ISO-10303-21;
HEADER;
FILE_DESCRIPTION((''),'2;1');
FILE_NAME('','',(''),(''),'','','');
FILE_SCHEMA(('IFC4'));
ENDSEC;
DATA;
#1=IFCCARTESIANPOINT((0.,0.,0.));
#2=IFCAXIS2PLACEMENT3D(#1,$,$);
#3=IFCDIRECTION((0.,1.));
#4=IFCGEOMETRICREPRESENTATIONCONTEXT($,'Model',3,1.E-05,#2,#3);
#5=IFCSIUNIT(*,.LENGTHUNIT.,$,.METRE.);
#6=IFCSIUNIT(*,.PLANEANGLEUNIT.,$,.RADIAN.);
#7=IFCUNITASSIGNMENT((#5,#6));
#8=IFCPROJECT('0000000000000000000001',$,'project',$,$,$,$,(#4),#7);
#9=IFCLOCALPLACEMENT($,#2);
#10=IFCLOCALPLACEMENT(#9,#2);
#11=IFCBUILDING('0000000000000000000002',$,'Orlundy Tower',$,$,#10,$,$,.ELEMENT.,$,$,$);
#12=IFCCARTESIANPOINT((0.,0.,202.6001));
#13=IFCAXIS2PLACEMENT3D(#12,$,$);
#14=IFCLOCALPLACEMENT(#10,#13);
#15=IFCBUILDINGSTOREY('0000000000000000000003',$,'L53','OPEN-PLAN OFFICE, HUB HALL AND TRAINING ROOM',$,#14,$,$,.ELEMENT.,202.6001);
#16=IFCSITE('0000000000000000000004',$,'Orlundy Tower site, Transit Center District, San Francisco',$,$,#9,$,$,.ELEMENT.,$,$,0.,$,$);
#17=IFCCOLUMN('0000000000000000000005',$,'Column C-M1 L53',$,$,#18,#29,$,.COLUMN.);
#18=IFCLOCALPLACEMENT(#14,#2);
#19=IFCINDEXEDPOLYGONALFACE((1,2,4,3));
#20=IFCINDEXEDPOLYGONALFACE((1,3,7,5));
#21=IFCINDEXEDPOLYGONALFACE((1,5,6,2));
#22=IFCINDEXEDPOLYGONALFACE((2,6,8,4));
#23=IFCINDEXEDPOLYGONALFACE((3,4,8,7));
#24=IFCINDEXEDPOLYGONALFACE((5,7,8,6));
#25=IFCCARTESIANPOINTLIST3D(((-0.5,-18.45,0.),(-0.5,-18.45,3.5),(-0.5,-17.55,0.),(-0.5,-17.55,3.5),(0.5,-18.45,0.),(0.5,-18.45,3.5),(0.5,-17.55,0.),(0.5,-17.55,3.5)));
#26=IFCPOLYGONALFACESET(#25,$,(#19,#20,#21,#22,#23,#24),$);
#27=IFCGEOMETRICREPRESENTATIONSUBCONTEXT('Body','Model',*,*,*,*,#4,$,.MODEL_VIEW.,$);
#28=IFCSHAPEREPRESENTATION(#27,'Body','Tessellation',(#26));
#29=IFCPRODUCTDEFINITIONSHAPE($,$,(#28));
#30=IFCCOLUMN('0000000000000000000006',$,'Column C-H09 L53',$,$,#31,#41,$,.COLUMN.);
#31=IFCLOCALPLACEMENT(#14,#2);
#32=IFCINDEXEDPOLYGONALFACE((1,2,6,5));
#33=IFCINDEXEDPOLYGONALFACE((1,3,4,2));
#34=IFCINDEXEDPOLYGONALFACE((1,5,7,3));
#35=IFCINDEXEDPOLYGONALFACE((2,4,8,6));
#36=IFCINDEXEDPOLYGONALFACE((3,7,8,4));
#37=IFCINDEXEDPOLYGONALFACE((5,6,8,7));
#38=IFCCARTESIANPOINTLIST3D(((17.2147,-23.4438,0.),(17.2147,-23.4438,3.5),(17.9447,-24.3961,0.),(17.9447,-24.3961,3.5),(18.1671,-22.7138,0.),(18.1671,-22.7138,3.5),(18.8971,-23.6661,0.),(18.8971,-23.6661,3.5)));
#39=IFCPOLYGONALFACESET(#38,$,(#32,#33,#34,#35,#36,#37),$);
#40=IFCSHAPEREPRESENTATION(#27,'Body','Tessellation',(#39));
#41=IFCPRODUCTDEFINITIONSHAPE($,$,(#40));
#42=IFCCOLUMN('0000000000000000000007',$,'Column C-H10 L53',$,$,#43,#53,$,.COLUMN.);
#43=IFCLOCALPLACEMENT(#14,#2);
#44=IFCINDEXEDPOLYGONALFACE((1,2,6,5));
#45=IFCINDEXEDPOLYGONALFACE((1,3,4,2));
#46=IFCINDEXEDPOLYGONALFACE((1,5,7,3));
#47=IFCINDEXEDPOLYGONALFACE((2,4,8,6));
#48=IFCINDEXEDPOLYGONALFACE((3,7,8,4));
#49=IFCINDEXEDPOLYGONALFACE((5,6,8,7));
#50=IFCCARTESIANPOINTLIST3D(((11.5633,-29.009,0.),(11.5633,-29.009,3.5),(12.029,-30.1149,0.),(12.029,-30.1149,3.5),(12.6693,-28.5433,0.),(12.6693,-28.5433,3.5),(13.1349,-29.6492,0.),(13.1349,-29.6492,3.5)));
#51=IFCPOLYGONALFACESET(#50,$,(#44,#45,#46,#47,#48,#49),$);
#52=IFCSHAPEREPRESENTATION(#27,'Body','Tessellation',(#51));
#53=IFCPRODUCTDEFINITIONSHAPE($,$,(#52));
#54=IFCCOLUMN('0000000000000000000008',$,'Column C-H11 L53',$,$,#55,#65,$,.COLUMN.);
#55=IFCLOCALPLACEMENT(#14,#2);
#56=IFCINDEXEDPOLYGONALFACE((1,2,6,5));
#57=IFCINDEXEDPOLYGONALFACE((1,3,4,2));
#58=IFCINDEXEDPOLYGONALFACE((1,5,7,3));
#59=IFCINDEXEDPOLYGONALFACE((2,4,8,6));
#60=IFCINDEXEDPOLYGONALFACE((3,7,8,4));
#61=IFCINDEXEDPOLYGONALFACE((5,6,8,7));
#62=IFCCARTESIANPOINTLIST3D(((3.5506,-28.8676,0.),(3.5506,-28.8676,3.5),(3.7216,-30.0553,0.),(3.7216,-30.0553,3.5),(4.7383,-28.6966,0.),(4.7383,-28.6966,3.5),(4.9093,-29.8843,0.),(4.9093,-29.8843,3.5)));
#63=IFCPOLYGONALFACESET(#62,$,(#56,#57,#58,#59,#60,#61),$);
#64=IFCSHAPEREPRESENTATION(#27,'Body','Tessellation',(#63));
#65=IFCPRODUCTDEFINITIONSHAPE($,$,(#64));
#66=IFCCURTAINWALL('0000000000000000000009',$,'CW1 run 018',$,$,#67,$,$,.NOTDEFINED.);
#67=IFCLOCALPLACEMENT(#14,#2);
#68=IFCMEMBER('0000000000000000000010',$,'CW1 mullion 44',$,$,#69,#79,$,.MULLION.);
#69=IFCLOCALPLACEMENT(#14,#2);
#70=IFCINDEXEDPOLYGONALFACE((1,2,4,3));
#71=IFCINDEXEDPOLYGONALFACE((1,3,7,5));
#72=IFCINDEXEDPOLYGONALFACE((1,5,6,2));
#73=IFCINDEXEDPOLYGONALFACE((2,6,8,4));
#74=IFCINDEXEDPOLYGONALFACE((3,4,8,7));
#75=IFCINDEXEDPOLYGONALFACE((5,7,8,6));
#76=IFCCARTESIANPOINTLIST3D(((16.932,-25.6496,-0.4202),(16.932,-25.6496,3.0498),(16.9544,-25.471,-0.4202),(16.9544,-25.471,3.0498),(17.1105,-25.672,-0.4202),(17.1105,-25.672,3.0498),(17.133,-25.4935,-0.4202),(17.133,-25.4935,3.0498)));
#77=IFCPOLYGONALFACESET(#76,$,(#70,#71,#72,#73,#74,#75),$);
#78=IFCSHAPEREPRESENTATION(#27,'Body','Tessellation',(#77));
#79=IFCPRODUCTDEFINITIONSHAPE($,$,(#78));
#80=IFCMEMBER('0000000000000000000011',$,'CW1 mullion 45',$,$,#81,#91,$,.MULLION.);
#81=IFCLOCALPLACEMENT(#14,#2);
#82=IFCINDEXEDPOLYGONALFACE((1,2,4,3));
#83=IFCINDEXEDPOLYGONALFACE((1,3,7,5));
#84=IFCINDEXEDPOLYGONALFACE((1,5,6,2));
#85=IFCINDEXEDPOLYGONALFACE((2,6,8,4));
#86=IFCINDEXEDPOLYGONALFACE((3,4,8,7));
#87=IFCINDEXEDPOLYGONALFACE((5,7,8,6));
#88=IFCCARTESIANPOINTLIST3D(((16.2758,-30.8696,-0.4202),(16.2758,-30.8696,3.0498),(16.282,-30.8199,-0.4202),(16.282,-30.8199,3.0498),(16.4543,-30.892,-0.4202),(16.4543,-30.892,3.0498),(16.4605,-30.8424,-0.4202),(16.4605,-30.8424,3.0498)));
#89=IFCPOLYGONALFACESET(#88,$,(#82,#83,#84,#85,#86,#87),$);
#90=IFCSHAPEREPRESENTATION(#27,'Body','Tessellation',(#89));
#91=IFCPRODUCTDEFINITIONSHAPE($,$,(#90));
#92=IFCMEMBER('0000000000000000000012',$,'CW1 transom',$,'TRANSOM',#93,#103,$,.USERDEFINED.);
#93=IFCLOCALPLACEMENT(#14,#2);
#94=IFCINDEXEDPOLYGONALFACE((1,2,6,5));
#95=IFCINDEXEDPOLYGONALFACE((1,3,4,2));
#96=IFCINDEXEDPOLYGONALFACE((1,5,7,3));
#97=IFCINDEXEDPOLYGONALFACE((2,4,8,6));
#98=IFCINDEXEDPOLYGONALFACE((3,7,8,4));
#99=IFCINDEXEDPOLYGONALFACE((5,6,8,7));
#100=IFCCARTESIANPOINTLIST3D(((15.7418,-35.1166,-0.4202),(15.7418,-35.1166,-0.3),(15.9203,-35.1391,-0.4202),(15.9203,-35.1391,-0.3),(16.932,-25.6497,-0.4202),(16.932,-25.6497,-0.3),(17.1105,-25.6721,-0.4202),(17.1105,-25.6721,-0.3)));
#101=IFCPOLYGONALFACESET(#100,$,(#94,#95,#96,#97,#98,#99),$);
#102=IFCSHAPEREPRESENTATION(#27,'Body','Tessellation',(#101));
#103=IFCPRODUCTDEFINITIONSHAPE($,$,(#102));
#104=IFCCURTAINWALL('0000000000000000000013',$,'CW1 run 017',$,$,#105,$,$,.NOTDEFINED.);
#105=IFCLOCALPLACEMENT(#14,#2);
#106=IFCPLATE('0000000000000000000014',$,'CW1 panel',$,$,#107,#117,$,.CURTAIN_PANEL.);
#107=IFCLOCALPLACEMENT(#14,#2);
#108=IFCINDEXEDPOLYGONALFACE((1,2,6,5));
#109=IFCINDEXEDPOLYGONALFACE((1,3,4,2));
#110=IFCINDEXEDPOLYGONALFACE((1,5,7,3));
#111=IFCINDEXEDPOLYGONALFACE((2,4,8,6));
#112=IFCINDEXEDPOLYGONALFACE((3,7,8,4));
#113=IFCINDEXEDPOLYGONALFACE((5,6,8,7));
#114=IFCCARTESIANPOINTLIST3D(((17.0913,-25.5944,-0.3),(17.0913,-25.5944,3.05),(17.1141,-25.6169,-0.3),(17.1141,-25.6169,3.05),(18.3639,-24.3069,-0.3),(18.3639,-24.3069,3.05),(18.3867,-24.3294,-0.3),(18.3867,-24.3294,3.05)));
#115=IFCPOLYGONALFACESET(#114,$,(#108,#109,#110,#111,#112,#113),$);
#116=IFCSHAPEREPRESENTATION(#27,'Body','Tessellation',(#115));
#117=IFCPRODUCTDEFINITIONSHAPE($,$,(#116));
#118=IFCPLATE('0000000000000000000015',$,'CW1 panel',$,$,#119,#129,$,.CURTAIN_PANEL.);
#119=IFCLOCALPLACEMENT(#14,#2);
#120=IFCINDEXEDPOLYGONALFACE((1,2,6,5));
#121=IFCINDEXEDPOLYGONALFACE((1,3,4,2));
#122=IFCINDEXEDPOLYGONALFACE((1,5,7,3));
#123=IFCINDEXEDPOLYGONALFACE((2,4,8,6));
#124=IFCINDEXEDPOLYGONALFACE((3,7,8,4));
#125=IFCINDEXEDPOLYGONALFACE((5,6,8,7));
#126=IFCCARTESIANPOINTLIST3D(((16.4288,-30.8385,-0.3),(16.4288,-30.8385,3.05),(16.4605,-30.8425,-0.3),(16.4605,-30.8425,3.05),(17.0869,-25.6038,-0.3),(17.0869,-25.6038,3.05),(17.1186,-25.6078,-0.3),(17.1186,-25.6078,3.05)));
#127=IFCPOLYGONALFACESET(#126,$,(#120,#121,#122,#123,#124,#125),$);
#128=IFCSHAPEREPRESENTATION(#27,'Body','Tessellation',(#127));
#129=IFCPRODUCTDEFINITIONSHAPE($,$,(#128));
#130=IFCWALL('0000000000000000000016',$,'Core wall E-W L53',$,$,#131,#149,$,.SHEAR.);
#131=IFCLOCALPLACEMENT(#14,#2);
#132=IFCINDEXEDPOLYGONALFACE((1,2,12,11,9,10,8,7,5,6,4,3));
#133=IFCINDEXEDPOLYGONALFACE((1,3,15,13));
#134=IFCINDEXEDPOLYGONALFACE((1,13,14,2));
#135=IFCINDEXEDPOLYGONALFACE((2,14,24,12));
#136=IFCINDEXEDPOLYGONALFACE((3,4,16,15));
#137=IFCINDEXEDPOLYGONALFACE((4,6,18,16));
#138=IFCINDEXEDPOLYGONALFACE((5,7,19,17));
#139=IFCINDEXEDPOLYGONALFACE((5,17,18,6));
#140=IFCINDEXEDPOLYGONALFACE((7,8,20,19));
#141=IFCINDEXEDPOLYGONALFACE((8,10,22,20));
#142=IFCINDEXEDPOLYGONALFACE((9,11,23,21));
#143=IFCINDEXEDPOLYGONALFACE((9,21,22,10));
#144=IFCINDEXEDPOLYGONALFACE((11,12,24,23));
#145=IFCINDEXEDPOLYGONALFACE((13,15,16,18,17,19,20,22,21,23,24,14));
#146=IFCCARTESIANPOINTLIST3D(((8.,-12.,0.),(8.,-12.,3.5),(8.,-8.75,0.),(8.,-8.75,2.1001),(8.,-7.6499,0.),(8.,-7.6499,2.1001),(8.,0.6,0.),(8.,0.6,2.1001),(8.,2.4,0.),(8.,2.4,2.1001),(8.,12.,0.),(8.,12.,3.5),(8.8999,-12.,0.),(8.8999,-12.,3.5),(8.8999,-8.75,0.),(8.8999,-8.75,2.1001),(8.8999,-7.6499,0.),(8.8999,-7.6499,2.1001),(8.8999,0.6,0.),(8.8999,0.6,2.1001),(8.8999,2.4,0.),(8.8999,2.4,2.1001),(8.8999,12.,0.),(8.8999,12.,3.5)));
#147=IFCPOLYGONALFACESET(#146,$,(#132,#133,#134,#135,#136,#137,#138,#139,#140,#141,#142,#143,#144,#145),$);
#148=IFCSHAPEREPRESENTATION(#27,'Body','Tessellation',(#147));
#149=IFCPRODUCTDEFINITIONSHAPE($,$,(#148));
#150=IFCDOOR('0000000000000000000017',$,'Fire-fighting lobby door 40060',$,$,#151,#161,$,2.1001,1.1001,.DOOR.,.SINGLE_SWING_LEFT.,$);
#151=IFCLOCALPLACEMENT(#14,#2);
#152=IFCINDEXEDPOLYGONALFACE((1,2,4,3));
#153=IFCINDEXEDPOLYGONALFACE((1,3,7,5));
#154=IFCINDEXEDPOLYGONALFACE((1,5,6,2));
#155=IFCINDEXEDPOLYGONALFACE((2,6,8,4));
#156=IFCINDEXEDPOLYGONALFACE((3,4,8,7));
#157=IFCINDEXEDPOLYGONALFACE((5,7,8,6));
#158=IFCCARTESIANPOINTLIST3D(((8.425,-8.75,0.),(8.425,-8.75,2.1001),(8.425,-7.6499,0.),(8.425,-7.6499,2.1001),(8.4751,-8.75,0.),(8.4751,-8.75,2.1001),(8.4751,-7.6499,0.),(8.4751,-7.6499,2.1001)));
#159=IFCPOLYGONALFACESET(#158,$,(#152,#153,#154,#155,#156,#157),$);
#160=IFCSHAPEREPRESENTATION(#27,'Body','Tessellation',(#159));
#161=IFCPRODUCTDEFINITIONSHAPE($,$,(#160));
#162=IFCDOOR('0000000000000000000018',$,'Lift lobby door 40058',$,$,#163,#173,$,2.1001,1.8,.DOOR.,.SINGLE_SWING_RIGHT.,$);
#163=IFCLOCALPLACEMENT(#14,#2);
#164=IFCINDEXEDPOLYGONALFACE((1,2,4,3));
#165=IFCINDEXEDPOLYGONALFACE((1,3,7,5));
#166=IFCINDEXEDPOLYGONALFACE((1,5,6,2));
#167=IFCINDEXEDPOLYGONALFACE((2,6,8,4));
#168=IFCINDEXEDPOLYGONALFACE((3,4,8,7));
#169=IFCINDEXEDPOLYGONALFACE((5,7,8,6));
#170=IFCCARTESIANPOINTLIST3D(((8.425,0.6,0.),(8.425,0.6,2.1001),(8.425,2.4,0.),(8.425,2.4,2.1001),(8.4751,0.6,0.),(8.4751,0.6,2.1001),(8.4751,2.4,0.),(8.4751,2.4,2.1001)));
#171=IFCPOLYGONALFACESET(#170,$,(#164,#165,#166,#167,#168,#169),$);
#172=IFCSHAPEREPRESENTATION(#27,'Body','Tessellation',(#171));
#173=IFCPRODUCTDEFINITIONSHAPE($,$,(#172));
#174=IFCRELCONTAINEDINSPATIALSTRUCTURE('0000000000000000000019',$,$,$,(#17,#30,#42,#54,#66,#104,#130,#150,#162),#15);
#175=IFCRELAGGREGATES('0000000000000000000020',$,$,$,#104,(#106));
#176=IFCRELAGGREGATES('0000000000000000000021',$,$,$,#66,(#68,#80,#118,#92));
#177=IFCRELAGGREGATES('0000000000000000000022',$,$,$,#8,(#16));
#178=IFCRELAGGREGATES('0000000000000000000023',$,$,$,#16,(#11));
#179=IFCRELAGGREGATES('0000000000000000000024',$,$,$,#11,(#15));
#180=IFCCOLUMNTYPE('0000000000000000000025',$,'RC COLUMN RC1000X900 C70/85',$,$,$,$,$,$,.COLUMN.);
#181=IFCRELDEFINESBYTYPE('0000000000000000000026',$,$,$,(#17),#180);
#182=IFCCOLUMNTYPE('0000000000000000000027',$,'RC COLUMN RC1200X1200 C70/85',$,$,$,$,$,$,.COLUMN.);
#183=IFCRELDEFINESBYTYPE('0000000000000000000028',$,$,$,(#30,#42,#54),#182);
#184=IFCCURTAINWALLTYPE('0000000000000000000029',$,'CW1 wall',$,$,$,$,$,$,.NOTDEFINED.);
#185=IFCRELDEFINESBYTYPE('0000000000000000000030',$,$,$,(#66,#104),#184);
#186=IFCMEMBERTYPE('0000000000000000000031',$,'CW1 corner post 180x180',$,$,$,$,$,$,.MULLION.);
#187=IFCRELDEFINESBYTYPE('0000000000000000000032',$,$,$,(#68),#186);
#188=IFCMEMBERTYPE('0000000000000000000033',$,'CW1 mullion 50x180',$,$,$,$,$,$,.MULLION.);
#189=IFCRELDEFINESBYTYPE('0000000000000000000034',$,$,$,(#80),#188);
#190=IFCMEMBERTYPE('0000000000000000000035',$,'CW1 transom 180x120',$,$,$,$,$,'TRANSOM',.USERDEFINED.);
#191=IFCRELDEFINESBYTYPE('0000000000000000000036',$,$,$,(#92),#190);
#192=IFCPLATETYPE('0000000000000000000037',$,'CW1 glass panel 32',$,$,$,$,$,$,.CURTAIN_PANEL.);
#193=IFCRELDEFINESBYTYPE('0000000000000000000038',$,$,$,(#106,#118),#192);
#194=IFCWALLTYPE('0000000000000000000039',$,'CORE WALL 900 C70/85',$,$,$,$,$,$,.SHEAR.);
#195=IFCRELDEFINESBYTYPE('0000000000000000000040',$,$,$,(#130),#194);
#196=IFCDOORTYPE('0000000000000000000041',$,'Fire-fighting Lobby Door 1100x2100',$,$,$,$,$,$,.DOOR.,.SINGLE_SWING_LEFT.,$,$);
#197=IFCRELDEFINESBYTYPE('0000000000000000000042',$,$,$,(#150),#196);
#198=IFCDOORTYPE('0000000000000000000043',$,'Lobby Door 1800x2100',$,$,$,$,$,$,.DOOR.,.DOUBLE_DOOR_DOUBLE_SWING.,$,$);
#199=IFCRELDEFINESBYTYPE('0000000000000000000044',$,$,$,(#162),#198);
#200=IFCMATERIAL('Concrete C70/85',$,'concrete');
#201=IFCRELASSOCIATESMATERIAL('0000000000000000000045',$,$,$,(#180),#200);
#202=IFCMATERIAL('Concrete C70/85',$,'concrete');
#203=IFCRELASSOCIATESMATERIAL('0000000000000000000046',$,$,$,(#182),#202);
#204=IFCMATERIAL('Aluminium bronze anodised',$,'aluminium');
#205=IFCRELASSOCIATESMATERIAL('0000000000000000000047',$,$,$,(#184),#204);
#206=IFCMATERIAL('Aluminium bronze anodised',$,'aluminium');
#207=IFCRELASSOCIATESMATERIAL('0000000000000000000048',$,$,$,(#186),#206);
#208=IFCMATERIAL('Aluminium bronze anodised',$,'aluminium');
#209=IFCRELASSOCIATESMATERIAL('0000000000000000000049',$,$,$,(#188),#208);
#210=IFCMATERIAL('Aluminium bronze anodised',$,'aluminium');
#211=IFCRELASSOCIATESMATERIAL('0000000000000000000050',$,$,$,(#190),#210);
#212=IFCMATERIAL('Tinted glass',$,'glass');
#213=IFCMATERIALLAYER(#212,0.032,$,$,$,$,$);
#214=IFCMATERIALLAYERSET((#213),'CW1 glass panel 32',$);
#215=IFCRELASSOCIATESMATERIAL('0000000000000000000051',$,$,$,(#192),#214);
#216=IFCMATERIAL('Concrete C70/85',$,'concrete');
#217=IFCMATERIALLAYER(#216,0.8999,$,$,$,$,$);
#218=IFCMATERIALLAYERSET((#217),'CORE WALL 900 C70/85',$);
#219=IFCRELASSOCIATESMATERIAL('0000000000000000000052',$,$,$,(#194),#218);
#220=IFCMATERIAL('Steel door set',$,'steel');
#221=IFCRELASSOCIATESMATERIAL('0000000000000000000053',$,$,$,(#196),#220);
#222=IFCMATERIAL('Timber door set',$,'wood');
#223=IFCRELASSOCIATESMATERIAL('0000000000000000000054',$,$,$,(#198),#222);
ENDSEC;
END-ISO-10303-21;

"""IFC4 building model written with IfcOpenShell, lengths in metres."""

from ifc_helpers import new_model, si_unit, direction, frame, frame_2d, origin, origin_2d, place, context, subcontext, project, spatial, rectangle, extrude, material, layer, layer_set, material_profile, profile_set, type_object, element, fill, aggregate, save


model = new_model("IFC4")

# Units and contexts
model_context = context("Model", 3, precision=1e-05, world=origin(), true_north=direction((0.0, 1.0)))
body_context = subcontext(model_context, "Body", "Model", "MODEL_VIEW")
ifc_project = project(units=[si_unit("LENGTHUNIT", "METRE"), si_unit("PLANEANGLEUNIT", "RADIAN")], contexts=[model_context])

# Site, building, storey
site_placement = place(None, origin())
site = spatial("IfcSite", under=ifc_project, at=site_placement, Name="Orlundy Tower site, Transit Center District, San Francisco", CompositionType="ELEMENT", RefElevation=0.0)
building_placement = place(site_placement, origin())
building = spatial("IfcBuilding", under=site, at=building_placement, Name="Orlundy Tower", CompositionType="ELEMENT")
storey_placement = place(building_placement, frame((0.0, 0.0, 202.6001)))
storey = spatial("IfcBuildingStorey", under=building, at=storey_placement, Name="L53", Description="OPEN-PLAN OFFICE, HUB HALL AND TRAINING ROOM", CompositionType="ELEMENT", Elevation=202.6001)

# Columns
ifc_material_1 = material(Name="Concrete C70/85", Category="concrete")
ifc_material_profile_1 = material_profile(ifc_material_1, rectangle(XDim=1.0, YDim=0.8999, at=origin_2d()), Name="RC1000X900")
ifc_profile_set_1 = profile_set([ifc_material_profile_1], Name="Concrete C70/85")
column_type_1 = type_object("IfcColumnType", Name="RC COLUMN RC1000X900 C70/85", PredefinedType="COLUMN", material=ifc_profile_set_1)
column_placement = place(storey_placement, frame((0.0, -18.0, 0.0), z_axis=(0.0, 0.0, 1.0), x_axis=(1.0, 0.0, 0.0)))
element("IfcColumn", 1, at=column_placement, inside=storey, type_object=column_type_1, Name="Column C-M1 L53", PredefinedType="COLUMN", context=body_context, shape_type="SweptSolid", body=[
    extrude(rectangle(XDim=1.0, YDim=0.8999, at=origin_2d()), origin(), (0.0, 0.0, 1.0), 3.5),
])
ifc_material_2 = material(Name="Concrete C70/85", Category="concrete")
ifc_material_profile_2 = material_profile(ifc_material_2, rectangle(XDim=1.2, YDim=1.2, at=origin_2d()), Name="RC1200X1200")
ifc_profile_set_2 = profile_set([ifc_material_profile_2], Name="Concrete C70/85")
column_type_2 = type_object("IfcColumnType", Name="RC COLUMN RC1200X1200 C70/85", PredefinedType="COLUMN", material=ifc_profile_set_2)
for number, where, z_axis, x_axis, name in (
    (2, (18.0559, -23.5549, 0.0), (0.0, 0.0, 1.0), (0.608374, -0.793651, 0.0), "Column C-H09 L53"),
    (3, (12.3491, -29.3291, 0.0), (0.0, 0.0, 1.0), (0.388063, -0.921633, 0.0), "Column C-H10 L53"),
    (4, (4.23, -29.376, 0.0), (0.0, 0.0, 1.0), (0.142525, -0.989791, 0.0), "Column C-H11 L53"),
):
    element("IfcColumn", number, at=place(storey_placement, frame(where, z_axis=z_axis, x_axis=x_axis)), inside=storey, type_object=column_type_2, Name=name, PredefinedType="COLUMN", context=body_context, shape_type="SweptSolid", body=[
        extrude(rectangle(XDim=1.2, YDim=1.2, at=origin_2d()), origin(), (0.0, 0.0, 1.0), 3.5),
    ])

# Curtain wall, members
ifc_material_3 = material(Name="Aluminium bronze anodised", Category="aluminium")
curtain_wall_type = type_object("IfcCurtainWallType", Name="CW1 wall", PredefinedType="NOTDEFINED", material=ifc_material_3)
curtain_wall_1_placement = place(storey_placement, origin())
curtain_wall_1 = element("IfcCurtainWall", 5, at=curtain_wall_1_placement, inside=storey, type_object=curtain_wall_type, Name="CW1 run 018", PredefinedType="NOTDEFINED")
ifc_material_4 = material(Name="Aluminium bronze anodised", Category="aluminium")
ifc_material_profile_3 = material_profile(ifc_material_4, rectangle(XDim=0.1799, YDim=0.1799, at=origin_2d()), Name="CW1 corner post 180x180")
ifc_profile_set_3 = profile_set([ifc_material_profile_3], Name="Aluminium bronze anodised")
member_type_1 = type_object("IfcMemberType", Name="CW1 corner post 180x180", PredefinedType="MULLION", material=ifc_profile_set_3)
member_1_placement = place(storey_placement, frame((17.0325, -25.5715, -0.4202), z_axis=(0.0, 0.0, 1.0), x_axis=(0.992189, -0.124742, 0.0)))
member_1 = element("IfcMember", 6, at=member_1_placement, type_object=member_type_1, Name="CW1 mullion 44", PredefinedType="MULLION", context=body_context, shape_type="SweptSolid", body=[
    extrude(rectangle(XDim=0.1799, YDim=0.1799, at=origin_2d()), origin(), (0.0, 0.0, 1.0), 3.47),
])
ifc_material_5 = material(Name="Aluminium bronze anodised", Category="aluminium")
ifc_material_profile_4 = material_profile(ifc_material_5, rectangle(XDim=0.1799, YDim=0.05, at=origin_2d()), Name="CW1 mullion 50x180")
ifc_profile_set_4 = profile_set([ifc_material_profile_4], Name="Aluminium bronze anodised")
member_type_2 = type_object("IfcMemberType", Name="CW1 mullion 50x180", PredefinedType="MULLION", material=ifc_profile_set_4)
member_2_placement = place(storey_placement, frame((16.3682, -30.856, -0.4202), z_axis=(0.0, 0.0, 1.0), x_axis=(0.992189, -0.124742, 0.0)))
member_2 = element("IfcMember", 7, at=member_2_placement, type_object=member_type_2, Name="CW1 mullion 45", PredefinedType="MULLION", context=body_context, shape_type="SweptSolid", body=[
    extrude(rectangle(XDim=0.1799, YDim=0.05, at=origin_2d()), origin(), (0.0, 0.0, 1.0), 3.47),
])
ifc_material_6 = material(Name="Aluminium bronze anodised", Category="aluminium")
ifc_material_profile_5 = material_profile(ifc_material_6, rectangle(XDim=0.1799, YDim=0.1201, at=origin_2d()), Name="CW1 transom 180x120")
ifc_profile_set_5 = profile_set([ifc_material_profile_5], Name="Aluminium bronze anodised")
member_type_3 = type_object("IfcMemberType", Name="CW1 transom 180x120", ElementType="TRANSOM", PredefinedType="USERDEFINED", material=ifc_profile_set_5)
member_3_placement = place(storey_placement, frame((17.0212, -25.6609, -0.3601), z_axis=(-0.124737, -0.99219, 0.0), x_axis=(0.99219, -0.124737, 0.0)))
member_3 = element("IfcMember", 8, at=member_3_placement, type_object=member_type_3, Name="CW1 transom", ObjectType="TRANSOM", PredefinedType="USERDEFINED", context=body_context, shape_type="SweptSolid", body=[
    extrude(rectangle(XDim=0.1799, YDim=0.1201, at=origin_2d()), origin(), (0.0, 0.0, 1.0), 9.5415),
])

# Curtain wall, plate
curtain_wall_2_placement = place(storey_placement, origin())
curtain_wall_2 = element("IfcCurtainWall", 9, at=curtain_wall_2_placement, inside=storey, type_object=curtain_wall_type, Name="CW1 run 017", PredefinedType="NOTDEFINED")
ifc_material_7 = material(Name="Tinted glass", Category="glass")
ifc_layer_1 = layer(ifc_material_7, 0.032)
ifc_layer_set_1 = layer_set([ifc_layer_1], Name="CW1 glass panel 32")
plate_type = type_object("IfcPlateType", Name="CW1 glass panel 32", PredefinedType="CURTAIN_PANEL", material=ifc_layer_set_1)
plate_1_placement = place(storey_placement, frame((17.739, -24.9619, -0.3), z_axis=(0.0, 0.0, 1.0), x_axis=(-0.70297, -0.711219, 0.0)))
plate_1 = element("IfcPlate", 10, at=plate_1_placement, type_object=plate_type, Name="CW1 panel", PredefinedType="CURTAIN_PANEL", context=body_context, shape_type="SweptSolid", body=[
    extrude(rectangle(XDim=1.8103, YDim=0.032, at=origin_2d()), origin(), (0.0, 0.0, 1.0), 3.3501),
])
aggregate(curtain_wall_2, [plate_1])

# Plate
plate_2_placement = place(storey_placement, frame((16.7737, -28.2231, -0.3), z_axis=(0.0, 0.0, 1.0), x_axis=(-0.124742, -0.992189, 0.0)))
plate_2 = element("IfcPlate", 11, at=plate_2_placement, type_object=plate_type, Name="CW1 panel", PredefinedType="CURTAIN_PANEL", context=body_context, shape_type="SweptSolid", body=[
    extrude(rectangle(XDim=5.2759, YDim=0.032, at=origin_2d()), origin(), (0.0, 0.0, 1.0), 3.3501),
])
aggregate(curtain_wall_1, [member_1, member_2, plate_2, member_3])

# Wall, openings, doors
ifc_material_8 = material(Name="Concrete C70/85", Category="concrete")
ifc_layer_2 = layer(ifc_material_8, 0.8999)
ifc_layer_set_2 = layer_set([ifc_layer_2], Name="CORE WALL 900 C70/85")
wall_type_1 = type_object("IfcWallType", Name="CORE WALL 900 C70/85", PredefinedType="SHEAR", material=ifc_layer_set_2)
wall_1_placement = place(storey_placement, frame((8.45, -12.0, 0.0), z_axis=(0.0, 0.0, 1.0), x_axis=(0.0, 1.0, 0.0)))
wall_1 = element("IfcWall", 12, at=wall_1_placement, inside=storey, type_object=wall_type_1, Name="Core wall E-W L53", PredefinedType="SHEAR", context=body_context, shape_type="SweptSolid", body=[
    extrude(rectangle(XDim=24.0, YDim=0.8999, at=frame_2d((12.0, 0.0))), origin(), (0.0, 0.0, 1.0), 3.5),
])
opening_1_placement = place(wall_1_placement, frame((12.6001, 0.0, 0.0)))
opening_1 = element("IfcOpeningElement", 13, at=opening_1_placement, cuts=wall_1, PredefinedType="OPENING", context=body_context, shape_type="SweptSolid", body=[
    extrude(rectangle(XDim=1.8, YDim=2.1001, at=frame_2d((0.8999, 1.05))), frame((0.0, 0.46, 0.0), z_axis=(0.0, -1.0, 0.0), x_axis=(1.0, 0.0, 0.0)), (0.0, 0.0, 1.0), 0.9199),
])
opening_2_placement = place(wall_1_placement, frame((3.25, 0.0, 0.0)))
opening_2 = element("IfcOpeningElement", 14, at=opening_2_placement, cuts=wall_1, PredefinedType="OPENING", context=body_context, shape_type="SweptSolid", body=[
    extrude(rectangle(XDim=1.1001, YDim=2.1001, at=frame_2d((0.55, 1.05))), frame((0.0, 0.46, 0.0), z_axis=(0.0, -1.0, 0.0), x_axis=(1.0, 0.0, 0.0)), (0.0, 0.0, 1.0), 0.9199),
])
ifc_material_9 = material(Name="Steel door set", Category="steel")
door_type_1 = type_object("IfcDoorType", Name="Fire-fighting Lobby Door 1100x2100", OperationType="SINGLE_SWING_LEFT", PredefinedType="DOOR", material=ifc_material_9)
door_1_placement = place(opening_2_placement, origin())
door_1 = element("IfcDoor", 15, at=door_1_placement, inside=storey, type_object=door_type_1, Name="Fire-fighting lobby door 40060", OperationType="SINGLE_SWING_LEFT", OverallHeight=2.1001, OverallWidth=1.1001, PredefinedType="DOOR", context=body_context, shape_type="SweptSolid", body=[
    extrude(rectangle(XDim=1.1001, YDim=2.1001, at=frame_2d((0.55, 1.05))), frame((0.0, 0.0249, 0.0), z_axis=(0.0, -1.0, 0.0), x_axis=(1.0, 0.0, 0.0)), (0.0, 0.0, 1.0), 0.05),
])
fill(opening_2, door_1)
ifc_material_10 = material(Name="Timber door set", Category="wood")
door_type_2 = type_object("IfcDoorType", Name="Lobby Door 1800x2100", OperationType="DOUBLE_DOOR_DOUBLE_SWING", PredefinedType="DOOR", material=ifc_material_10)
door_2_placement = place(opening_1_placement, origin())
door_2 = element("IfcDoor", 16, at=door_2_placement, inside=storey, type_object=door_type_2, Name="Lift lobby door 40058", OperationType="SINGLE_SWING_RIGHT", OverallHeight=2.1001, OverallWidth=1.8, PredefinedType="DOOR", context=body_context, shape_type="SweptSolid", body=[
    extrude(rectangle(XDim=1.8, YDim=2.1001, at=frame_2d((0.8999, 1.05))), frame((0.0, 0.0249, 0.0), z_axis=(0.0, -1.0, 0.0), x_axis=(1.0, 0.0, 0.0)), (0.0, 0.0, 1.0), 0.05),
])
fill(opening_1, door_2)

save(model, "model.ifc")
